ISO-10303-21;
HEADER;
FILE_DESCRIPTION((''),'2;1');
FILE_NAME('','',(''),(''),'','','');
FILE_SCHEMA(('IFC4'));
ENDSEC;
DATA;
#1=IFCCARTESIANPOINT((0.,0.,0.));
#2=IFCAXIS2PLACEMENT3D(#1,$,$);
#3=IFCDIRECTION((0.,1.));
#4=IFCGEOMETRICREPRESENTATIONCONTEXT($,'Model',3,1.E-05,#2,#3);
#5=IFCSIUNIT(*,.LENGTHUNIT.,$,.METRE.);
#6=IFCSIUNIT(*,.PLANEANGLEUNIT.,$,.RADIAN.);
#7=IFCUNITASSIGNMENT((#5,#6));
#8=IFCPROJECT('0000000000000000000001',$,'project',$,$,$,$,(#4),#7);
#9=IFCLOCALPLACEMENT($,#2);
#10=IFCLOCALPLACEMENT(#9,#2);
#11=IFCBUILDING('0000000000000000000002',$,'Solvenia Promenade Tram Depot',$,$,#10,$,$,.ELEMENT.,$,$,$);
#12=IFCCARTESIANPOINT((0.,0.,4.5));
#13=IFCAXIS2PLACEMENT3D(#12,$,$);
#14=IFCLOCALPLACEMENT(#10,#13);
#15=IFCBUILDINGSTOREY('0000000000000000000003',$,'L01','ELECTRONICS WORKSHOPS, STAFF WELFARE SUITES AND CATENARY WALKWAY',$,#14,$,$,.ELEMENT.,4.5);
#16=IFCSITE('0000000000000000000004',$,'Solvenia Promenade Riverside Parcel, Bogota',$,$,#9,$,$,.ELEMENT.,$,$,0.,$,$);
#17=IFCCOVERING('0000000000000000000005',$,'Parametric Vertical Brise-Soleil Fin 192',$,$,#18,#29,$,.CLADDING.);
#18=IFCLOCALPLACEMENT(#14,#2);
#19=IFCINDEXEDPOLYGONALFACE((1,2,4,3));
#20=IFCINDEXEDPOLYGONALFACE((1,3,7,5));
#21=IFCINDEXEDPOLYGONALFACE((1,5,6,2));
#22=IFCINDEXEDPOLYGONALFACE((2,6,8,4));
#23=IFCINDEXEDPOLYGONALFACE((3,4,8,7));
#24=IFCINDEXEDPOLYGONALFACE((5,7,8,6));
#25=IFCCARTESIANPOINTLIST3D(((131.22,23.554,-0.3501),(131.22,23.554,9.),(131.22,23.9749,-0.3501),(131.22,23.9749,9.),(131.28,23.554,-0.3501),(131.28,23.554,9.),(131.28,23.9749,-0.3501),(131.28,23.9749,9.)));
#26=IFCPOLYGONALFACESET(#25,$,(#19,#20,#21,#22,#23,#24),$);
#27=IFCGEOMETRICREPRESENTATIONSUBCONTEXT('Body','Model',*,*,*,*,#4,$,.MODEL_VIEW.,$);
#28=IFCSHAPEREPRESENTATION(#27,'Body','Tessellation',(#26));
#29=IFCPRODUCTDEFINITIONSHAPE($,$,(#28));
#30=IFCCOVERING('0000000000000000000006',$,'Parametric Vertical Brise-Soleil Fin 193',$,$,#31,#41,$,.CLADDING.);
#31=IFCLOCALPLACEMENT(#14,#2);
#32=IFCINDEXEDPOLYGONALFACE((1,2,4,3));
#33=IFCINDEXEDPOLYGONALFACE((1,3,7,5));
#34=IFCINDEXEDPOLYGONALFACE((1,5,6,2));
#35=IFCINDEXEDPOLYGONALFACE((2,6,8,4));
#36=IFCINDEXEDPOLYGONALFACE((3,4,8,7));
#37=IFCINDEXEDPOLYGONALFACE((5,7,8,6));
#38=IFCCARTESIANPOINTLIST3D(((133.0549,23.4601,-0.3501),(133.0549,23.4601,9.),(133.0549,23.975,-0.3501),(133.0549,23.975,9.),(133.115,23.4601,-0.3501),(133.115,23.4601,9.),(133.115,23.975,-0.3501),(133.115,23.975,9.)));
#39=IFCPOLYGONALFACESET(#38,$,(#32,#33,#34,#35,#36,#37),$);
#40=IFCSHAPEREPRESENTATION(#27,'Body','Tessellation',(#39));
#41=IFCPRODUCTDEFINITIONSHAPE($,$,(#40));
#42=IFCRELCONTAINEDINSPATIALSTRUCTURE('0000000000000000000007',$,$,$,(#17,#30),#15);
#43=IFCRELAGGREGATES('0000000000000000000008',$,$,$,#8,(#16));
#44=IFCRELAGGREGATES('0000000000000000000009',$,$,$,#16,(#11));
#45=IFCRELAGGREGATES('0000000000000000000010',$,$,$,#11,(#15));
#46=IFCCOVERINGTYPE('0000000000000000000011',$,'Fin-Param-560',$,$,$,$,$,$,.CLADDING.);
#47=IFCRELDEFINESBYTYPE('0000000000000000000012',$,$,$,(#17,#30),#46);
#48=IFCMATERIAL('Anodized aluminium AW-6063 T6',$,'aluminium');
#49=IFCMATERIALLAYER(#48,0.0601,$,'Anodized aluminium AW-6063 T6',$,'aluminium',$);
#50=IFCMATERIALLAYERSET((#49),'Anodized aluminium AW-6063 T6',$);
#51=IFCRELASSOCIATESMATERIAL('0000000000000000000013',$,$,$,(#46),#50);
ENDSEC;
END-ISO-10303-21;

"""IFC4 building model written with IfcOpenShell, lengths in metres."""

from ifc_helpers import new_model, si_unit, direction, frame, origin, origin_2d, place, context, subcontext, project, spatial, rectangle, extrude, material, layer, layer_set, type_object, element, save


model = new_model("IFC4")

# Units and contexts
model_context = context("Model", 3, precision=1e-05, world=origin(), true_north=direction((0.0, 1.0)))
body_context = subcontext(model_context, "Body", "Model", "MODEL_VIEW")
ifc_project = project(units=[si_unit("LENGTHUNIT", "METRE"), si_unit("PLANEANGLEUNIT", "RADIAN")], contexts=[model_context])

# Site, building, storey
site_placement = place(None, origin())
site = spatial("IfcSite", under=ifc_project, at=site_placement, Name="Solvenia Promenade Riverside Parcel, Bogota", CompositionType="ELEMENT", RefElevation=0.0)
building_placement = place(site_placement, origin())
building = spatial("IfcBuilding", under=site, at=building_placement, Name="Solvenia Promenade Tram Depot", CompositionType="ELEMENT")
storey_placement = place(building_placement, frame((0.0, 0.0, 4.5)))
storey = spatial("IfcBuildingStorey", under=building, at=storey_placement, Name="L01", Description="ELECTRONICS WORKSHOPS, STAFF WELFARE SUITES AND CATENARY WALKWAY", CompositionType="ELEMENT", Elevation=4.5)

# Shared definitions
ifc_material_1 = material(Name="Anodized aluminium AW-6063 T6", Category="aluminium")

# Coverings
ifc_layer_1 = layer(ifc_material_1, 0.0601, Name="Anodized aluminium AW-6063 T6", Category="aluminium")
ifc_layer_set_1 = layer_set([ifc_layer_1], Name="Anodized aluminium AW-6063 T6")
covering_type = type_object("IfcCoveringType", Name="Fin-Param-560", PredefinedType="CLADDING", material=ifc_layer_set_1)
covering_1_placement = place(storey_placement, frame((131.25, 23.7644, -0.3501), z_axis=(0.0, 0.0, 1.0), x_axis=(1.0, 0.0, 0.0)))
element("IfcCovering", 1, at=covering_1_placement, inside=storey, type_object=covering_type, Name="Parametric Vertical Brise-Soleil Fin 192", PredefinedType="CLADDING", context=body_context, shape_type="SweptSolid", body=[
    extrude(rectangle(XDim=0.0601, YDim=0.4209, at=origin_2d()), origin(), (0.0, 0.0, 1.0), 9.3501),
])
covering_2_placement = place(storey_placement, frame((133.085, 23.7175, -0.3501), z_axis=(0.0, 0.0, 1.0), x_axis=(1.0, 0.0, 0.0)))
element("IfcCovering", 2, at=covering_2_placement, inside=storey, type_object=covering_type, Name="Parametric Vertical Brise-Soleil Fin 193", PredefinedType="CLADDING", context=body_context, shape_type="SweptSolid", body=[
    extrude(rectangle(XDim=0.0601, YDim=0.5149, at=origin_2d()), origin(), (0.0, 0.0, 1.0), 9.3501),
])

save(model, "model.ifc")
